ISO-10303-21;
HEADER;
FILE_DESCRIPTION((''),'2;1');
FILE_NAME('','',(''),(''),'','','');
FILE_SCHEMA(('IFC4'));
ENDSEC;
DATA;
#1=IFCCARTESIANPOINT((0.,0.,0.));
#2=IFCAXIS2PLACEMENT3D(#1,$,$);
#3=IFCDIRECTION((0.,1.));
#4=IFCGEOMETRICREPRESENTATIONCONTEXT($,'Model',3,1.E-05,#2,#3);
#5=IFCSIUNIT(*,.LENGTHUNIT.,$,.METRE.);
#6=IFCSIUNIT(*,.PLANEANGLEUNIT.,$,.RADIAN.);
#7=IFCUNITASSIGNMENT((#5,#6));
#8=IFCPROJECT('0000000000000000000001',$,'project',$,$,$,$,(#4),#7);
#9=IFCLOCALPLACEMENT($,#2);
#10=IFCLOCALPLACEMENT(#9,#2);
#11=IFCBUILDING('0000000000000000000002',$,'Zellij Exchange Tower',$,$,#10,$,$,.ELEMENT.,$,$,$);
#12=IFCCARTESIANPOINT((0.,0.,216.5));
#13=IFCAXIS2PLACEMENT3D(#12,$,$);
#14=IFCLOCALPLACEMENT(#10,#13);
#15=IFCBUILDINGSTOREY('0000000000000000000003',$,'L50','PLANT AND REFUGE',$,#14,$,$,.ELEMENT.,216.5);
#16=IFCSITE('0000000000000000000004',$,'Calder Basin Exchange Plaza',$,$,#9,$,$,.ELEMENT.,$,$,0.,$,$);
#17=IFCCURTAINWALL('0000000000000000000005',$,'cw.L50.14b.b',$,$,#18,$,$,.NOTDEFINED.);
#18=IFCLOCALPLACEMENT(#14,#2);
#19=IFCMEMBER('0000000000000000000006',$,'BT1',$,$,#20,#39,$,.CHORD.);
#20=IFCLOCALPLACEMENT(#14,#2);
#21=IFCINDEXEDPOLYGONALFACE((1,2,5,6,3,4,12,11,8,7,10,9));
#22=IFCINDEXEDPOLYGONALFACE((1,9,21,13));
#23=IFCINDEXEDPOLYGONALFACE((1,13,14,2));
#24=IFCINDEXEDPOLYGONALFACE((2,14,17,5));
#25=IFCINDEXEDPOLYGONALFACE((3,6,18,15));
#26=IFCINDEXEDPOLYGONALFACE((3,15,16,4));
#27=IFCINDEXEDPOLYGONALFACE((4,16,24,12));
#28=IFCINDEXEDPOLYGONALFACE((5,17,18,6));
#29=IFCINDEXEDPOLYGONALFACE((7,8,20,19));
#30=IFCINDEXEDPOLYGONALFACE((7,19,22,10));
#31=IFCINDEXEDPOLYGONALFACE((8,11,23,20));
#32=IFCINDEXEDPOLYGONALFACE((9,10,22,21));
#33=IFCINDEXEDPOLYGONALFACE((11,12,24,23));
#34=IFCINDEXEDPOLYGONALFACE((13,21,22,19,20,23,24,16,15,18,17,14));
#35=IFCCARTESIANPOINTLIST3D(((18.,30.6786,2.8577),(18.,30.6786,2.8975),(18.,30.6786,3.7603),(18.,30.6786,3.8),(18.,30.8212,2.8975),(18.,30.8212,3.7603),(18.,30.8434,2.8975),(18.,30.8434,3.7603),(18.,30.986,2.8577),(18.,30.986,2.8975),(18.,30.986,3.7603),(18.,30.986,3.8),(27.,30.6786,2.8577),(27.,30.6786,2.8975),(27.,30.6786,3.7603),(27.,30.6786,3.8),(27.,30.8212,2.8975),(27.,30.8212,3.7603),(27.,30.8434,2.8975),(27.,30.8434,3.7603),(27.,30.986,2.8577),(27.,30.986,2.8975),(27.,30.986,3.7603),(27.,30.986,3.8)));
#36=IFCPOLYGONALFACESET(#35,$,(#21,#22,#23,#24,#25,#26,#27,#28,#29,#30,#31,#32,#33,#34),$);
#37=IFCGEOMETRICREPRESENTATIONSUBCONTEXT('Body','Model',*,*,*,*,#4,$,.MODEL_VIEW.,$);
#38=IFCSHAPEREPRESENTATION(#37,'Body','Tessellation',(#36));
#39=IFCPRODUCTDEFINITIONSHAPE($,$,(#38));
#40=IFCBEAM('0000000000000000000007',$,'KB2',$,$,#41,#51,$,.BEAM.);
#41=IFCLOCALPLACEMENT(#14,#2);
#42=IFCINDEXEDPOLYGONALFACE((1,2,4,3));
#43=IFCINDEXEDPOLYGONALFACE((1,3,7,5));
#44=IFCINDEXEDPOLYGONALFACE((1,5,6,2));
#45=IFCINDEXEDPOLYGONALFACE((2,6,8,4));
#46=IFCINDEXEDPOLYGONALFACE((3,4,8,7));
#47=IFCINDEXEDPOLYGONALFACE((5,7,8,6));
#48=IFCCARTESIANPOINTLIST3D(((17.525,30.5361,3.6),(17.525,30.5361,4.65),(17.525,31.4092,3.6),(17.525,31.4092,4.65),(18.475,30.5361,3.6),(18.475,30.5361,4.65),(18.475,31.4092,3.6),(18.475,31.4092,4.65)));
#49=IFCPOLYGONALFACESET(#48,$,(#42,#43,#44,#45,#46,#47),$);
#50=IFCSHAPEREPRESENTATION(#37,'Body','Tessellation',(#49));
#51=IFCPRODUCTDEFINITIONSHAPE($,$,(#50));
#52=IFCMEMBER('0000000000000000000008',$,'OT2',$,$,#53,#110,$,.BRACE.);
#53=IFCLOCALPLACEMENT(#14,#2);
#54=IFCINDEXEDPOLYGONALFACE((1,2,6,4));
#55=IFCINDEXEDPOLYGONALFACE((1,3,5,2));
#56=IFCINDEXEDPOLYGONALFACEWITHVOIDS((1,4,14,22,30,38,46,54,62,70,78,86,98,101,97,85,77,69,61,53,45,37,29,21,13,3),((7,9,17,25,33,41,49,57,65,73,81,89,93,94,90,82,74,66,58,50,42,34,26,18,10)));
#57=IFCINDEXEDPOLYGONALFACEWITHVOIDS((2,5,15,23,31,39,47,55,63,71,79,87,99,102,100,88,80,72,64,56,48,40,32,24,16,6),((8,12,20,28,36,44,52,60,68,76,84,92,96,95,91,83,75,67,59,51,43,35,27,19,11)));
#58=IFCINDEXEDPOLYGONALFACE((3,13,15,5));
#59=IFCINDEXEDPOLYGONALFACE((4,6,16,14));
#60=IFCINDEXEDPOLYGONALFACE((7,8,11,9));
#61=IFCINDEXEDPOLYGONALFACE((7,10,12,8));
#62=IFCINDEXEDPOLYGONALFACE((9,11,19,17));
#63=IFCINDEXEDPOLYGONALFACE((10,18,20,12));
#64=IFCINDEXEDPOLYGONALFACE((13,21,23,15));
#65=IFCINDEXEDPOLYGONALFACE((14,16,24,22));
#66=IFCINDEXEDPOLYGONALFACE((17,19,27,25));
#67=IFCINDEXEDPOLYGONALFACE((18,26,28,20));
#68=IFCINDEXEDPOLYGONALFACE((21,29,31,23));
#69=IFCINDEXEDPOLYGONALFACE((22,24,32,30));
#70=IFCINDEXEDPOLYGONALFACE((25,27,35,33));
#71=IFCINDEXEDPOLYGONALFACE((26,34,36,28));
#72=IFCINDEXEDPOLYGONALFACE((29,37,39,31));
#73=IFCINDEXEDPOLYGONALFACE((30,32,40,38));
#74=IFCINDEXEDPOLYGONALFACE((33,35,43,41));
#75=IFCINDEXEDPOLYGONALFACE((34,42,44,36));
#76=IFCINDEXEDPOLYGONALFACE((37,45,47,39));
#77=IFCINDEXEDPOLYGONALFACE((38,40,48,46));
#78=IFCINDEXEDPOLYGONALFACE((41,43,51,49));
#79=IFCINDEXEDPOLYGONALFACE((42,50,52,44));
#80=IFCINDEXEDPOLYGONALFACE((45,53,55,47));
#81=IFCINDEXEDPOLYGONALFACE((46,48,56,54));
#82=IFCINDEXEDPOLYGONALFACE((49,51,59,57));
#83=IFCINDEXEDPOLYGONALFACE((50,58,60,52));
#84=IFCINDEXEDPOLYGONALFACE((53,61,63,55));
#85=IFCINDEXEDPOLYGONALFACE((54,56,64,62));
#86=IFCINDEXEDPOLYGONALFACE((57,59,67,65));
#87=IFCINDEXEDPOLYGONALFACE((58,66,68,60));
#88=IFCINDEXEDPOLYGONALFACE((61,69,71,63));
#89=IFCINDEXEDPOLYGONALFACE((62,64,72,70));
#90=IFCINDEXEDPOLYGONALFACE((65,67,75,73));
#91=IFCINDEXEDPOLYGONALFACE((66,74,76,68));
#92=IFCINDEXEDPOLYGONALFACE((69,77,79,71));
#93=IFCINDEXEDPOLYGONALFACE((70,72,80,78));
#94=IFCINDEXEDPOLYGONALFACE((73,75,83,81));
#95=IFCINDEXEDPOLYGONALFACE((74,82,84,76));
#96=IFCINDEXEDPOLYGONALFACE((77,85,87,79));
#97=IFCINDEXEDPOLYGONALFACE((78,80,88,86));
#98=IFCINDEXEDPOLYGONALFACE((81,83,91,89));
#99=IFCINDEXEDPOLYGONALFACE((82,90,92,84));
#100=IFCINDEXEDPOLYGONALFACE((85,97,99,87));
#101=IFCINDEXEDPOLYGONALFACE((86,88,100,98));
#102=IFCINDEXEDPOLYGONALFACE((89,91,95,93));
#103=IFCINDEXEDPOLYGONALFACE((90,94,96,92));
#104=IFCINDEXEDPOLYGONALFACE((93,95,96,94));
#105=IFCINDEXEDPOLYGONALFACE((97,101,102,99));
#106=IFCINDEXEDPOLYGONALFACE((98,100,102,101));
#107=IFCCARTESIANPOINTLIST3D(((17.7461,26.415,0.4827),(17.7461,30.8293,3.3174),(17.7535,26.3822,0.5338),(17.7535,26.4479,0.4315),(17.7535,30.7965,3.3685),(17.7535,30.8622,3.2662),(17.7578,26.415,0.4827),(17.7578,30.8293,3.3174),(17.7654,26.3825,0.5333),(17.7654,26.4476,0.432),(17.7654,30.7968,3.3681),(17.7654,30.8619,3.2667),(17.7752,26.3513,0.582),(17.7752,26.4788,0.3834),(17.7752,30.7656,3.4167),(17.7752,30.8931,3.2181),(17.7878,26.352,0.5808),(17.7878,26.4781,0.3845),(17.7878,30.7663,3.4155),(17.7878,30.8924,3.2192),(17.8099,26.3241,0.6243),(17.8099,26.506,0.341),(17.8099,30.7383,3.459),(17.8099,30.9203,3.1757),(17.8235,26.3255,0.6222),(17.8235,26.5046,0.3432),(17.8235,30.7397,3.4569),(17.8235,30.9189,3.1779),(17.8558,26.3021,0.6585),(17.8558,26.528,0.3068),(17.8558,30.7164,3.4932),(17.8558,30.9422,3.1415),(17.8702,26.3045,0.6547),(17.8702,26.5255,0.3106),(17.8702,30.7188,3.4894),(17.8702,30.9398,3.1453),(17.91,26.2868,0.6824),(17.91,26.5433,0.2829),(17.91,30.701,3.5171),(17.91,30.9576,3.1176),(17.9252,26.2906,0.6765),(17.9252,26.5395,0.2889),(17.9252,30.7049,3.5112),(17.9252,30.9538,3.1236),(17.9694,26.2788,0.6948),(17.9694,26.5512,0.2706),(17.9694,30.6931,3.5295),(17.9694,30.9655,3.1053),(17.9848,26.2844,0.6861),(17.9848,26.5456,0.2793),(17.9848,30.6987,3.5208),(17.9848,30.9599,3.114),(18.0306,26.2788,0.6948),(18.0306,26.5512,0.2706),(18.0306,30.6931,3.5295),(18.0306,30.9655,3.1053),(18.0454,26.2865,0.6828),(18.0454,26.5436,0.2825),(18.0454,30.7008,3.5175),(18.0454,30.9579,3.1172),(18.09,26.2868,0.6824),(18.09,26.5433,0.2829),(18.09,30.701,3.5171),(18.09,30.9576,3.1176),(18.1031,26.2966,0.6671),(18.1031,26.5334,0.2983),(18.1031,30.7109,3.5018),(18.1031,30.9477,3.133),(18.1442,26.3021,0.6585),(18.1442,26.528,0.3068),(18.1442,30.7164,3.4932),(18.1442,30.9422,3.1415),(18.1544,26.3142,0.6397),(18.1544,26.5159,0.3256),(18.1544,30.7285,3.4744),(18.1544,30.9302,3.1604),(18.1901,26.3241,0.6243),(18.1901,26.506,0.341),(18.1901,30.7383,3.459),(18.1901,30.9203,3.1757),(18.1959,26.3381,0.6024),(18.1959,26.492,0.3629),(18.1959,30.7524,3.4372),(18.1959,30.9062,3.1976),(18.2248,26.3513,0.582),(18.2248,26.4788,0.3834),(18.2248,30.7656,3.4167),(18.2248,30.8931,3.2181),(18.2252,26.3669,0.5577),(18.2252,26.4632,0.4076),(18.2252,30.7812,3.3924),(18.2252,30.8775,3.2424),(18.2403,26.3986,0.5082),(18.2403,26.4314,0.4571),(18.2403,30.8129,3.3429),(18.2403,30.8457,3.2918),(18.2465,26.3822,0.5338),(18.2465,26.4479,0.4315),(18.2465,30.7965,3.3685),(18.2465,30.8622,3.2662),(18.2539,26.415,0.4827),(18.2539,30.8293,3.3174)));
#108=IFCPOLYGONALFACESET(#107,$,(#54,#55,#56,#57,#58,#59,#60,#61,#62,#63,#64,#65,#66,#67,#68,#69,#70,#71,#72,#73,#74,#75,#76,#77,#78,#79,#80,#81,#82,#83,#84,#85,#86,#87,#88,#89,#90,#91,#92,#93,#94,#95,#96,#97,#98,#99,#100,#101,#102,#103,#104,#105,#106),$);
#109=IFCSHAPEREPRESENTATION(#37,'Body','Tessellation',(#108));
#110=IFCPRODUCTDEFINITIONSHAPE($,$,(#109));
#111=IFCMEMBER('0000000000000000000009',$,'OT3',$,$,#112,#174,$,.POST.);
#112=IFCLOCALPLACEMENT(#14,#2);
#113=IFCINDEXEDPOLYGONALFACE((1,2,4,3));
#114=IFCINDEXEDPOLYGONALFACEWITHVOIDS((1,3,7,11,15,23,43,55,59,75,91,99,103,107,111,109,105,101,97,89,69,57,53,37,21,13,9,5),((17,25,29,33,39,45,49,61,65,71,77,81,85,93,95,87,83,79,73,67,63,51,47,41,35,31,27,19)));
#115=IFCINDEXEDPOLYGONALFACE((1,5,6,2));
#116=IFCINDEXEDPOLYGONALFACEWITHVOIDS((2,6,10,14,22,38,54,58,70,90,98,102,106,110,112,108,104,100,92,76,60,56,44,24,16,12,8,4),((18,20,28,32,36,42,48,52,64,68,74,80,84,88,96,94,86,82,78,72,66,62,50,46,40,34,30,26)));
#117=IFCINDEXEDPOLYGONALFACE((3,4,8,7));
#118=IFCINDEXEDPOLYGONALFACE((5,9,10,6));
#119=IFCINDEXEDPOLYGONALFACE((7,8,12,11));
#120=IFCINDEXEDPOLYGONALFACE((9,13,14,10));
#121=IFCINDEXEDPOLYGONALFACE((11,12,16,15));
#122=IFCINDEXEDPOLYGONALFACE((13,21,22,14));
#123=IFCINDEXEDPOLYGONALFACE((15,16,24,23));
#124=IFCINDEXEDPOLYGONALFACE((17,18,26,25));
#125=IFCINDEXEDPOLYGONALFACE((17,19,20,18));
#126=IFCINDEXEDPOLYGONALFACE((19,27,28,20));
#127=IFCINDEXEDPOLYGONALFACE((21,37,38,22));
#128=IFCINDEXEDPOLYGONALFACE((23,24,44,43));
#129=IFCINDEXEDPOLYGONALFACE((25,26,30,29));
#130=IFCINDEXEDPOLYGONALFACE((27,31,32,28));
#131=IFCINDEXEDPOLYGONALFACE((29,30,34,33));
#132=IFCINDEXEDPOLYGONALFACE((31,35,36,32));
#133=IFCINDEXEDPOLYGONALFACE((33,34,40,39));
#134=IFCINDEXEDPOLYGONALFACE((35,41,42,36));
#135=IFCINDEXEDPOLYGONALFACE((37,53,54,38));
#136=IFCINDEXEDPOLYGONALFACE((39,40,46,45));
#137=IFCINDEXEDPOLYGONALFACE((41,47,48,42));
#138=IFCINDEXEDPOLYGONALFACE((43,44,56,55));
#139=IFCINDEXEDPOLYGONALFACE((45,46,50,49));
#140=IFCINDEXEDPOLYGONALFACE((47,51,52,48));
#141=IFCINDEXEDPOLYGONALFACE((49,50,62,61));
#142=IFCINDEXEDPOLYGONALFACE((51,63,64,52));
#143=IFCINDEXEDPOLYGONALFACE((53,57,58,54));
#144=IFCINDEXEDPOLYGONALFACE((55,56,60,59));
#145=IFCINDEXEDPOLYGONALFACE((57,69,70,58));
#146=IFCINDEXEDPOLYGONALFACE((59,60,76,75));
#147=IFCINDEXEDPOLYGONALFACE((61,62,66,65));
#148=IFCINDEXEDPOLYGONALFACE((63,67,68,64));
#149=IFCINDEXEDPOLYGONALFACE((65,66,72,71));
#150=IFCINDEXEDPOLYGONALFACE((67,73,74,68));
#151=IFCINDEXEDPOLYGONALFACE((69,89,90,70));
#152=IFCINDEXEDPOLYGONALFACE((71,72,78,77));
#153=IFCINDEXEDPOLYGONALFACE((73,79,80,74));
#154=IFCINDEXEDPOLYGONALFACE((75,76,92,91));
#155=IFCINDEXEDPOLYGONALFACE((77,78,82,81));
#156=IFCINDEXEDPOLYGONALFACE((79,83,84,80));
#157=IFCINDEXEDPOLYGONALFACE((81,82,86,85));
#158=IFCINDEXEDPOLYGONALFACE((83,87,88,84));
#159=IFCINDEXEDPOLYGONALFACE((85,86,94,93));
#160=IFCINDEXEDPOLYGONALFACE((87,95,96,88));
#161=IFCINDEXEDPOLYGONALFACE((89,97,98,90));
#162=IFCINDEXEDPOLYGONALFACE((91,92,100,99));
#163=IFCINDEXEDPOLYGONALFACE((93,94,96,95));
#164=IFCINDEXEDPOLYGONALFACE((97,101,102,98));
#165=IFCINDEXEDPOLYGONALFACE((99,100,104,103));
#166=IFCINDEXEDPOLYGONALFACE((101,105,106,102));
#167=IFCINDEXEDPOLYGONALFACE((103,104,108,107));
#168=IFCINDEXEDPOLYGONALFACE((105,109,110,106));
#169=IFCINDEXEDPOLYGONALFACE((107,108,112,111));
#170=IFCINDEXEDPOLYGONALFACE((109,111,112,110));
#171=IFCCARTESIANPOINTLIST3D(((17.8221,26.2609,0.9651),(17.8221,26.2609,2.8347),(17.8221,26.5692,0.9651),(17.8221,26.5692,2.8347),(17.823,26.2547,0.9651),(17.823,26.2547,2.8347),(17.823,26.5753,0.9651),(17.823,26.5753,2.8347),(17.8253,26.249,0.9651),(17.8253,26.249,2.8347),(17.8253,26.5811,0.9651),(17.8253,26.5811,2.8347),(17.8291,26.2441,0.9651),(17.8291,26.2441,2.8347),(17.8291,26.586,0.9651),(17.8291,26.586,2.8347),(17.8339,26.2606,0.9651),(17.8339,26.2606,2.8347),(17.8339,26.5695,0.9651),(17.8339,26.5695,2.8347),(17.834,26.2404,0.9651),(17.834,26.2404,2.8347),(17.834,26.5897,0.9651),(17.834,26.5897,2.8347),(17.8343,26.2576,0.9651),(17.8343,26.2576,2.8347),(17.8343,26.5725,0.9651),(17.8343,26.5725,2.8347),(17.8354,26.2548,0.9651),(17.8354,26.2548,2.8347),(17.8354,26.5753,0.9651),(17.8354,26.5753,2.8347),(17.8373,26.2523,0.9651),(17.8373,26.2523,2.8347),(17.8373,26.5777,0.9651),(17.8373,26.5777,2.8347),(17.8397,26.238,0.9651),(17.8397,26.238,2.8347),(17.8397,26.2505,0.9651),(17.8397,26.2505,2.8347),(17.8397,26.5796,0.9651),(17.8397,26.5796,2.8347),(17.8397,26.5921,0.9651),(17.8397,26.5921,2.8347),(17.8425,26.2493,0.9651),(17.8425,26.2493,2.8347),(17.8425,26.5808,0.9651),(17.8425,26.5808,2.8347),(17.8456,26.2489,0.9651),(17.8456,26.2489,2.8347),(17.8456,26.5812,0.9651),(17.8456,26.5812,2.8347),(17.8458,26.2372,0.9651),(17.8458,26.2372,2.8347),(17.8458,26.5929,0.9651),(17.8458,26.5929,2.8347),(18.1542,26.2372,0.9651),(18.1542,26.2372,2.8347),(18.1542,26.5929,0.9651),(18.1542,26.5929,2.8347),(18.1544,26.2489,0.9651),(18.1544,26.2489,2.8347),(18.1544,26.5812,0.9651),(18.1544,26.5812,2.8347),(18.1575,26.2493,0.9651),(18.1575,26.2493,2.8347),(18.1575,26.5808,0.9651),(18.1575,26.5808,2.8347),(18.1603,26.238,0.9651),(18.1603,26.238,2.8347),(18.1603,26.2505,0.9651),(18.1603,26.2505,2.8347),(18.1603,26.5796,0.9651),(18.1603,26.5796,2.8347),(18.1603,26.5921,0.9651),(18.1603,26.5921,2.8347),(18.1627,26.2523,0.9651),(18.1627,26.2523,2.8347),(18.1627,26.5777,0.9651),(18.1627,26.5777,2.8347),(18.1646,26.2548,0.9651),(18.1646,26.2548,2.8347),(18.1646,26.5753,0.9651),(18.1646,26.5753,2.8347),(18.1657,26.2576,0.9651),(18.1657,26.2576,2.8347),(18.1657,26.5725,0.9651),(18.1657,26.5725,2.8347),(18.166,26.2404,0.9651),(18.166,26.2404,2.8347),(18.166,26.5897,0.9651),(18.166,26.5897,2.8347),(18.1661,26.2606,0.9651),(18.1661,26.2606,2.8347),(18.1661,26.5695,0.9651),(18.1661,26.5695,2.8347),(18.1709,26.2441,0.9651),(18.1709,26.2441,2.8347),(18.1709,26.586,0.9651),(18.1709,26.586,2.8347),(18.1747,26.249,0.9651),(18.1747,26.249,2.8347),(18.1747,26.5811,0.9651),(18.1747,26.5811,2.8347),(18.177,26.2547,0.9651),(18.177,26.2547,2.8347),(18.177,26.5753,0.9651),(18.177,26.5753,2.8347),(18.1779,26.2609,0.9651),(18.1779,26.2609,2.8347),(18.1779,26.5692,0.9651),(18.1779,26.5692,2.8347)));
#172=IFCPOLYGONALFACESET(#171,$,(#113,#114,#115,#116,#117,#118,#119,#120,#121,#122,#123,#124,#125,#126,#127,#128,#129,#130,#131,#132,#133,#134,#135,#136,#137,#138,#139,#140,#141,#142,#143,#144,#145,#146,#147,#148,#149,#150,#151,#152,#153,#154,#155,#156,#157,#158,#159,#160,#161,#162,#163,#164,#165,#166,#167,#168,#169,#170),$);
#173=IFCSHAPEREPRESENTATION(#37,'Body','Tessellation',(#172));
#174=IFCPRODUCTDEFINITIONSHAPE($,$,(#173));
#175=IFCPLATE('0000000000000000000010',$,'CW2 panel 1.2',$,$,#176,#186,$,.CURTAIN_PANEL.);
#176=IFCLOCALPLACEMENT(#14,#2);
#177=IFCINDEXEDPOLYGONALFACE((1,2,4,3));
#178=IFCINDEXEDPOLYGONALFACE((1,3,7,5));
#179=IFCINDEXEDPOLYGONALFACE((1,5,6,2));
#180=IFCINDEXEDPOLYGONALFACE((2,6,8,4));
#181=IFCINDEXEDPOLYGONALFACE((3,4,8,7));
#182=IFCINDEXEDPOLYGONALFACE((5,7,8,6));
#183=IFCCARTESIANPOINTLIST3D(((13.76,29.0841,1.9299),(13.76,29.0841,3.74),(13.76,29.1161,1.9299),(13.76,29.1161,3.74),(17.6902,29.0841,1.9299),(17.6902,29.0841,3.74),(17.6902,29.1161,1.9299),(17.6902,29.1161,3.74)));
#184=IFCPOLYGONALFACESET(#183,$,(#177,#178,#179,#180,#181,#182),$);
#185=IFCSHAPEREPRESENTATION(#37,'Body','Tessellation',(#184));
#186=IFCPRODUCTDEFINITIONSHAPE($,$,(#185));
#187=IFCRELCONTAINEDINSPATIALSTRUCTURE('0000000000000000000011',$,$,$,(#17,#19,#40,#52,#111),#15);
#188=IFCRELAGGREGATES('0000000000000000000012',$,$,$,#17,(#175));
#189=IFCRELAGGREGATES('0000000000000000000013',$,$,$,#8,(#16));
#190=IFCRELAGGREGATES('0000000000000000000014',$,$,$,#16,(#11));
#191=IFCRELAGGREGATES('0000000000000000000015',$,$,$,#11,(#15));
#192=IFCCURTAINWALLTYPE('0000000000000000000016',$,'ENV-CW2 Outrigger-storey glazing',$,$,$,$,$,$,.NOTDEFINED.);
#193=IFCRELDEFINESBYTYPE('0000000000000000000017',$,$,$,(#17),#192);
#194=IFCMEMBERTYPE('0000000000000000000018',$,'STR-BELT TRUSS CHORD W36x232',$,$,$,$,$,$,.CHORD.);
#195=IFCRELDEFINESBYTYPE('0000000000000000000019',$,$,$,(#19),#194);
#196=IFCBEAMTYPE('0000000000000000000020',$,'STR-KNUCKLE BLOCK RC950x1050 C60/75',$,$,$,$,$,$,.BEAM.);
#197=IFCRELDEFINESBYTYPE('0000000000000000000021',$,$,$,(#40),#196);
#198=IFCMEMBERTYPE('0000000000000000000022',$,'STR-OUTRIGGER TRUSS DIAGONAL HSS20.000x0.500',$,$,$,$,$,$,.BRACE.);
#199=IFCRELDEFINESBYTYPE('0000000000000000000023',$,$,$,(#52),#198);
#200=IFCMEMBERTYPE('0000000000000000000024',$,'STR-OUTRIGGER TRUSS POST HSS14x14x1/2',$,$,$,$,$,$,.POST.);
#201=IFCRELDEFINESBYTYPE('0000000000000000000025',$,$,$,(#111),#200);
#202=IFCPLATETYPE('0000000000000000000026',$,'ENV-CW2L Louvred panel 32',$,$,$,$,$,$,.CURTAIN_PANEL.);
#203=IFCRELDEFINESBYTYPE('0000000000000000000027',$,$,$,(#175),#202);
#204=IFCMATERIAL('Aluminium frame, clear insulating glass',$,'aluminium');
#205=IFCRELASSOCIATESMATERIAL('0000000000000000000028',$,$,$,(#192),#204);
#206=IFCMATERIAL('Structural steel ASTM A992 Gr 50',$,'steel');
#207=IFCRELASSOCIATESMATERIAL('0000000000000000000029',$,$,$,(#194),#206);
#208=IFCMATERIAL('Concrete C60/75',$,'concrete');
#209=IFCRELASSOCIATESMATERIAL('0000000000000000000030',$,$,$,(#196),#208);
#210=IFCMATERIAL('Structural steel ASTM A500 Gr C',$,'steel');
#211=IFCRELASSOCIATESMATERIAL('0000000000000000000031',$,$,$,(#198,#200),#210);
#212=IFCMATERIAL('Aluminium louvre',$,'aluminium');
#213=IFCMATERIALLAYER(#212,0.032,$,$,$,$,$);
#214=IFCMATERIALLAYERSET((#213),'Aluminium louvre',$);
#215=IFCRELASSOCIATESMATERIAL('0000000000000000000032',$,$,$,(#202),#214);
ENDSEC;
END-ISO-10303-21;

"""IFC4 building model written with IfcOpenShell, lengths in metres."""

from ifc_helpers import new_model, si_unit, direction, frame, origin, origin_2d, place, context, subcontext, project, spatial, rectangle, hollow_rectangle, hollow_circle, i_section, extrude, material, layer, layer_set, material_profile, profile_set, type_object, element, aggregate, save


model = new_model("IFC4")

# Units and contexts
model_context = context("Model", 3, precision=1e-05, world=origin(), true_north=direction((0.0, 1.0)))
body_context = subcontext(model_context, "Body", "Model", "MODEL_VIEW")
ifc_project = project(units=[si_unit("LENGTHUNIT", "METRE"), si_unit("PLANEANGLEUNIT", "RADIAN")], contexts=[model_context])

# Site, building, storey
site_placement = place(None, origin())
site = spatial("IfcSite", under=ifc_project, at=site_placement, Name="Calder Basin Exchange Plaza", CompositionType="ELEMENT", RefElevation=0.0)
building_placement = place(site_placement, origin())
building = spatial("IfcBuilding", under=site, at=building_placement, Name="Zellij Exchange Tower", CompositionType="ELEMENT")
storey_placement = place(building_placement, frame((0.0, 0.0, 216.5)))
storey = spatial("IfcBuildingStorey", under=building, at=storey_placement, Name="L50", Description="PLANT AND REFUGE", CompositionType="ELEMENT", Elevation=216.5)

# Shared definitions
ifc_material_1 = material(Name="Concrete C60/75", Category="concrete")

# Curtain wall
ifc_material_2 = material(Name="Aluminium frame, clear insulating glass", Category="aluminium")
curtain_wall_type = type_object("IfcCurtainWallType", Name="ENV-CW2 Outrigger-storey glazing", PredefinedType="NOTDEFINED", material=ifc_material_2)
curtain_wall_1_placement = place(storey_placement, origin())
curtain_wall_1 = element("IfcCurtainWall", 1, at=curtain_wall_1_placement, inside=storey, type_object=curtain_wall_type, Name="cw.L50.14b.b", PredefinedType="NOTDEFINED")

# Member
ifc_material_3 = material(Name="Structural steel ASTM A992 Gr 50", Category="steel")
ifc_material_profile_1 = material_profile(ifc_material_3, i_section(OverallWidth=0.3074, OverallDepth=0.9424, WebThickness=0.0222, FlangeThickness=0.0398, at=origin_2d()), Name="W36x232")
ifc_profile_set_1 = profile_set([ifc_material_profile_1], Name="Structural steel ASTM A992 Gr 50")
member_type_1 = type_object("IfcMemberType", Name="STR-BELT TRUSS CHORD W36x232", PredefinedType="CHORD", material=ifc_profile_set_1)
for number, where, z_axis, x_axis, name in (
    (2, (18.0, 30.8323, 3.3289), (1.0, 0.0, 0.0), (0.0, 1.0, 0.0), "BT1"),
):
    element("IfcMember", number, at=place(storey_placement, frame(where, z_axis=z_axis, x_axis=x_axis)), inside=storey, type_object=member_type_1, Name=name, PredefinedType="CHORD", context=body_context, shape_type="SweptSolid", body=[
        extrude(i_section(OverallWidth=0.3074, OverallDepth=0.9424, WebThickness=0.0222, FlangeThickness=0.0398, at=origin_2d()), origin(), (0.0, 0.0, 1.0), 9.0),
    ])

# Beam
ifc_material_profile_2 = material_profile(ifc_material_1, rectangle(XDim=0.95, YDim=1.05, at=origin_2d()), Name="STR-KNUCKLE BLOCK RC950x1050 C60/75")
ifc_profile_set_2 = profile_set([ifc_material_profile_2], Name="Concrete C60/75")
beam_type = type_object("IfcBeamType", Name="STR-KNUCKLE BLOCK RC950x1050 C60/75", PredefinedType="BEAM", material=ifc_profile_set_2)
beam_placement = place(storey_placement, frame((18.0, 30.5361, 4.125), z_axis=(0.0, 1.0, 0.0), x_axis=(-1.0, 0.0, 0.0)))
element("IfcBeam", 3, at=beam_placement, inside=storey, type_object=beam_type, Name="KB2", PredefinedType="BEAM", context=body_context, shape_type="SweptSolid", body=[
    extrude(rectangle(XDim=0.95, YDim=1.05, at=origin_2d()), origin(), (0.0, 0.0, 1.0), 0.873),
])

# Members
ifc_material_4 = material(Name="Structural steel ASTM A500 Gr C", Category="steel")
ifc_material_profile_3 = material_profile(ifc_material_4, hollow_circle(Radius=0.2539, WallThickness=0.0117, at=origin_2d()), Name="STR-OUTRIGGER TRUSS DIAGONAL HSS20.000x0.500")
ifc_profile_set_3 = profile_set([ifc_material_profile_3], Name="Structural steel ASTM A500 Gr C")
member_type_2 = type_object("IfcMemberType", Name="STR-OUTRIGGER TRUSS DIAGONAL HSS20.000x0.500", PredefinedType="BRACE", material=ifc_profile_set_3)
member_1_placement = place(storey_placement, frame((18.0, 26.415, 0.4827), z_axis=(0.0, 0.841443, 0.540346), x_axis=(-1.0, 0.0, 0.0)))
element("IfcMember", 4, at=member_1_placement, inside=storey, type_object=member_type_2, Name="OT2", PredefinedType="BRACE", context=body_context, shape_type="SweptSolid", body=[
    extrude(hollow_circle(Radius=0.2539, WallThickness=0.0117, at=origin_2d()), origin(), (0.0, 0.0, 1.0), 5.2461),
])
ifc_material_profile_4 = material_profile(ifc_material_4, hollow_rectangle(XDim=0.3557, YDim=0.3557, WallThickness=0.0117, InnerFilletRadius=0.0117, OuterFilletRadius=0.0237, at=origin_2d()), Name="STR-OUTRIGGER TRUSS POST HSS14x14x1/2")
ifc_profile_set_4 = profile_set([ifc_material_profile_4], Name="Structural steel ASTM A500 Gr C")
member_type_3 = type_object("IfcMemberType", Name="STR-OUTRIGGER TRUSS POST HSS14x14x1/2", PredefinedType="POST", material=ifc_profile_set_4)
member_2_placement = place(storey_placement, frame((18.0, 26.415, 0.9651), z_axis=(0.0, 0.0, 1.0), x_axis=(1.0, 0.0, 0.0)))
element("IfcMember", 5, at=member_2_placement, inside=storey, type_object=member_type_3, Name="OT3", PredefinedType="POST", context=body_context, shape_type="SweptSolid", body=[
    extrude(hollow_rectangle(XDim=0.3557, YDim=0.3557, WallThickness=0.0117, InnerFilletRadius=0.0117, OuterFilletRadius=0.0237, at=origin_2d()), origin(), (0.0, 0.0, 1.0), 1.8696),
])

# Plate
ifc_material_5 = material(Name="Aluminium louvre", Category="aluminium")
ifc_layer_1 = layer(ifc_material_5, 0.032)
ifc_layer_set_1 = layer_set([ifc_layer_1], Name="Aluminium louvre")
plate_type_1 = type_object("IfcPlateType", Name="ENV-CW2L Louvred panel 32", PredefinedType="CURTAIN_PANEL", material=ifc_layer_set_1)
plate_1_placement = place(storey_placement, frame((15.7251, 29.1001, 1.9299), z_axis=(0.0, 0.0, 1.0), x_axis=(-1.0, 0.0, 0.0)))
plate_1 = element("IfcPlate", 6, at=plate_1_placement, type_object=plate_type_1, Name="CW2 panel 1.2", PredefinedType="CURTAIN_PANEL", context=body_context, shape_type="SweptSolid", body=[
    extrude(rectangle(XDim=3.9302, YDim=0.032, at=origin_2d()), origin(), (0.0, 0.0, 1.0), 1.8101),
])
aggregate(curtain_wall_1, [plate_1])

save(model, "model.ifc")
